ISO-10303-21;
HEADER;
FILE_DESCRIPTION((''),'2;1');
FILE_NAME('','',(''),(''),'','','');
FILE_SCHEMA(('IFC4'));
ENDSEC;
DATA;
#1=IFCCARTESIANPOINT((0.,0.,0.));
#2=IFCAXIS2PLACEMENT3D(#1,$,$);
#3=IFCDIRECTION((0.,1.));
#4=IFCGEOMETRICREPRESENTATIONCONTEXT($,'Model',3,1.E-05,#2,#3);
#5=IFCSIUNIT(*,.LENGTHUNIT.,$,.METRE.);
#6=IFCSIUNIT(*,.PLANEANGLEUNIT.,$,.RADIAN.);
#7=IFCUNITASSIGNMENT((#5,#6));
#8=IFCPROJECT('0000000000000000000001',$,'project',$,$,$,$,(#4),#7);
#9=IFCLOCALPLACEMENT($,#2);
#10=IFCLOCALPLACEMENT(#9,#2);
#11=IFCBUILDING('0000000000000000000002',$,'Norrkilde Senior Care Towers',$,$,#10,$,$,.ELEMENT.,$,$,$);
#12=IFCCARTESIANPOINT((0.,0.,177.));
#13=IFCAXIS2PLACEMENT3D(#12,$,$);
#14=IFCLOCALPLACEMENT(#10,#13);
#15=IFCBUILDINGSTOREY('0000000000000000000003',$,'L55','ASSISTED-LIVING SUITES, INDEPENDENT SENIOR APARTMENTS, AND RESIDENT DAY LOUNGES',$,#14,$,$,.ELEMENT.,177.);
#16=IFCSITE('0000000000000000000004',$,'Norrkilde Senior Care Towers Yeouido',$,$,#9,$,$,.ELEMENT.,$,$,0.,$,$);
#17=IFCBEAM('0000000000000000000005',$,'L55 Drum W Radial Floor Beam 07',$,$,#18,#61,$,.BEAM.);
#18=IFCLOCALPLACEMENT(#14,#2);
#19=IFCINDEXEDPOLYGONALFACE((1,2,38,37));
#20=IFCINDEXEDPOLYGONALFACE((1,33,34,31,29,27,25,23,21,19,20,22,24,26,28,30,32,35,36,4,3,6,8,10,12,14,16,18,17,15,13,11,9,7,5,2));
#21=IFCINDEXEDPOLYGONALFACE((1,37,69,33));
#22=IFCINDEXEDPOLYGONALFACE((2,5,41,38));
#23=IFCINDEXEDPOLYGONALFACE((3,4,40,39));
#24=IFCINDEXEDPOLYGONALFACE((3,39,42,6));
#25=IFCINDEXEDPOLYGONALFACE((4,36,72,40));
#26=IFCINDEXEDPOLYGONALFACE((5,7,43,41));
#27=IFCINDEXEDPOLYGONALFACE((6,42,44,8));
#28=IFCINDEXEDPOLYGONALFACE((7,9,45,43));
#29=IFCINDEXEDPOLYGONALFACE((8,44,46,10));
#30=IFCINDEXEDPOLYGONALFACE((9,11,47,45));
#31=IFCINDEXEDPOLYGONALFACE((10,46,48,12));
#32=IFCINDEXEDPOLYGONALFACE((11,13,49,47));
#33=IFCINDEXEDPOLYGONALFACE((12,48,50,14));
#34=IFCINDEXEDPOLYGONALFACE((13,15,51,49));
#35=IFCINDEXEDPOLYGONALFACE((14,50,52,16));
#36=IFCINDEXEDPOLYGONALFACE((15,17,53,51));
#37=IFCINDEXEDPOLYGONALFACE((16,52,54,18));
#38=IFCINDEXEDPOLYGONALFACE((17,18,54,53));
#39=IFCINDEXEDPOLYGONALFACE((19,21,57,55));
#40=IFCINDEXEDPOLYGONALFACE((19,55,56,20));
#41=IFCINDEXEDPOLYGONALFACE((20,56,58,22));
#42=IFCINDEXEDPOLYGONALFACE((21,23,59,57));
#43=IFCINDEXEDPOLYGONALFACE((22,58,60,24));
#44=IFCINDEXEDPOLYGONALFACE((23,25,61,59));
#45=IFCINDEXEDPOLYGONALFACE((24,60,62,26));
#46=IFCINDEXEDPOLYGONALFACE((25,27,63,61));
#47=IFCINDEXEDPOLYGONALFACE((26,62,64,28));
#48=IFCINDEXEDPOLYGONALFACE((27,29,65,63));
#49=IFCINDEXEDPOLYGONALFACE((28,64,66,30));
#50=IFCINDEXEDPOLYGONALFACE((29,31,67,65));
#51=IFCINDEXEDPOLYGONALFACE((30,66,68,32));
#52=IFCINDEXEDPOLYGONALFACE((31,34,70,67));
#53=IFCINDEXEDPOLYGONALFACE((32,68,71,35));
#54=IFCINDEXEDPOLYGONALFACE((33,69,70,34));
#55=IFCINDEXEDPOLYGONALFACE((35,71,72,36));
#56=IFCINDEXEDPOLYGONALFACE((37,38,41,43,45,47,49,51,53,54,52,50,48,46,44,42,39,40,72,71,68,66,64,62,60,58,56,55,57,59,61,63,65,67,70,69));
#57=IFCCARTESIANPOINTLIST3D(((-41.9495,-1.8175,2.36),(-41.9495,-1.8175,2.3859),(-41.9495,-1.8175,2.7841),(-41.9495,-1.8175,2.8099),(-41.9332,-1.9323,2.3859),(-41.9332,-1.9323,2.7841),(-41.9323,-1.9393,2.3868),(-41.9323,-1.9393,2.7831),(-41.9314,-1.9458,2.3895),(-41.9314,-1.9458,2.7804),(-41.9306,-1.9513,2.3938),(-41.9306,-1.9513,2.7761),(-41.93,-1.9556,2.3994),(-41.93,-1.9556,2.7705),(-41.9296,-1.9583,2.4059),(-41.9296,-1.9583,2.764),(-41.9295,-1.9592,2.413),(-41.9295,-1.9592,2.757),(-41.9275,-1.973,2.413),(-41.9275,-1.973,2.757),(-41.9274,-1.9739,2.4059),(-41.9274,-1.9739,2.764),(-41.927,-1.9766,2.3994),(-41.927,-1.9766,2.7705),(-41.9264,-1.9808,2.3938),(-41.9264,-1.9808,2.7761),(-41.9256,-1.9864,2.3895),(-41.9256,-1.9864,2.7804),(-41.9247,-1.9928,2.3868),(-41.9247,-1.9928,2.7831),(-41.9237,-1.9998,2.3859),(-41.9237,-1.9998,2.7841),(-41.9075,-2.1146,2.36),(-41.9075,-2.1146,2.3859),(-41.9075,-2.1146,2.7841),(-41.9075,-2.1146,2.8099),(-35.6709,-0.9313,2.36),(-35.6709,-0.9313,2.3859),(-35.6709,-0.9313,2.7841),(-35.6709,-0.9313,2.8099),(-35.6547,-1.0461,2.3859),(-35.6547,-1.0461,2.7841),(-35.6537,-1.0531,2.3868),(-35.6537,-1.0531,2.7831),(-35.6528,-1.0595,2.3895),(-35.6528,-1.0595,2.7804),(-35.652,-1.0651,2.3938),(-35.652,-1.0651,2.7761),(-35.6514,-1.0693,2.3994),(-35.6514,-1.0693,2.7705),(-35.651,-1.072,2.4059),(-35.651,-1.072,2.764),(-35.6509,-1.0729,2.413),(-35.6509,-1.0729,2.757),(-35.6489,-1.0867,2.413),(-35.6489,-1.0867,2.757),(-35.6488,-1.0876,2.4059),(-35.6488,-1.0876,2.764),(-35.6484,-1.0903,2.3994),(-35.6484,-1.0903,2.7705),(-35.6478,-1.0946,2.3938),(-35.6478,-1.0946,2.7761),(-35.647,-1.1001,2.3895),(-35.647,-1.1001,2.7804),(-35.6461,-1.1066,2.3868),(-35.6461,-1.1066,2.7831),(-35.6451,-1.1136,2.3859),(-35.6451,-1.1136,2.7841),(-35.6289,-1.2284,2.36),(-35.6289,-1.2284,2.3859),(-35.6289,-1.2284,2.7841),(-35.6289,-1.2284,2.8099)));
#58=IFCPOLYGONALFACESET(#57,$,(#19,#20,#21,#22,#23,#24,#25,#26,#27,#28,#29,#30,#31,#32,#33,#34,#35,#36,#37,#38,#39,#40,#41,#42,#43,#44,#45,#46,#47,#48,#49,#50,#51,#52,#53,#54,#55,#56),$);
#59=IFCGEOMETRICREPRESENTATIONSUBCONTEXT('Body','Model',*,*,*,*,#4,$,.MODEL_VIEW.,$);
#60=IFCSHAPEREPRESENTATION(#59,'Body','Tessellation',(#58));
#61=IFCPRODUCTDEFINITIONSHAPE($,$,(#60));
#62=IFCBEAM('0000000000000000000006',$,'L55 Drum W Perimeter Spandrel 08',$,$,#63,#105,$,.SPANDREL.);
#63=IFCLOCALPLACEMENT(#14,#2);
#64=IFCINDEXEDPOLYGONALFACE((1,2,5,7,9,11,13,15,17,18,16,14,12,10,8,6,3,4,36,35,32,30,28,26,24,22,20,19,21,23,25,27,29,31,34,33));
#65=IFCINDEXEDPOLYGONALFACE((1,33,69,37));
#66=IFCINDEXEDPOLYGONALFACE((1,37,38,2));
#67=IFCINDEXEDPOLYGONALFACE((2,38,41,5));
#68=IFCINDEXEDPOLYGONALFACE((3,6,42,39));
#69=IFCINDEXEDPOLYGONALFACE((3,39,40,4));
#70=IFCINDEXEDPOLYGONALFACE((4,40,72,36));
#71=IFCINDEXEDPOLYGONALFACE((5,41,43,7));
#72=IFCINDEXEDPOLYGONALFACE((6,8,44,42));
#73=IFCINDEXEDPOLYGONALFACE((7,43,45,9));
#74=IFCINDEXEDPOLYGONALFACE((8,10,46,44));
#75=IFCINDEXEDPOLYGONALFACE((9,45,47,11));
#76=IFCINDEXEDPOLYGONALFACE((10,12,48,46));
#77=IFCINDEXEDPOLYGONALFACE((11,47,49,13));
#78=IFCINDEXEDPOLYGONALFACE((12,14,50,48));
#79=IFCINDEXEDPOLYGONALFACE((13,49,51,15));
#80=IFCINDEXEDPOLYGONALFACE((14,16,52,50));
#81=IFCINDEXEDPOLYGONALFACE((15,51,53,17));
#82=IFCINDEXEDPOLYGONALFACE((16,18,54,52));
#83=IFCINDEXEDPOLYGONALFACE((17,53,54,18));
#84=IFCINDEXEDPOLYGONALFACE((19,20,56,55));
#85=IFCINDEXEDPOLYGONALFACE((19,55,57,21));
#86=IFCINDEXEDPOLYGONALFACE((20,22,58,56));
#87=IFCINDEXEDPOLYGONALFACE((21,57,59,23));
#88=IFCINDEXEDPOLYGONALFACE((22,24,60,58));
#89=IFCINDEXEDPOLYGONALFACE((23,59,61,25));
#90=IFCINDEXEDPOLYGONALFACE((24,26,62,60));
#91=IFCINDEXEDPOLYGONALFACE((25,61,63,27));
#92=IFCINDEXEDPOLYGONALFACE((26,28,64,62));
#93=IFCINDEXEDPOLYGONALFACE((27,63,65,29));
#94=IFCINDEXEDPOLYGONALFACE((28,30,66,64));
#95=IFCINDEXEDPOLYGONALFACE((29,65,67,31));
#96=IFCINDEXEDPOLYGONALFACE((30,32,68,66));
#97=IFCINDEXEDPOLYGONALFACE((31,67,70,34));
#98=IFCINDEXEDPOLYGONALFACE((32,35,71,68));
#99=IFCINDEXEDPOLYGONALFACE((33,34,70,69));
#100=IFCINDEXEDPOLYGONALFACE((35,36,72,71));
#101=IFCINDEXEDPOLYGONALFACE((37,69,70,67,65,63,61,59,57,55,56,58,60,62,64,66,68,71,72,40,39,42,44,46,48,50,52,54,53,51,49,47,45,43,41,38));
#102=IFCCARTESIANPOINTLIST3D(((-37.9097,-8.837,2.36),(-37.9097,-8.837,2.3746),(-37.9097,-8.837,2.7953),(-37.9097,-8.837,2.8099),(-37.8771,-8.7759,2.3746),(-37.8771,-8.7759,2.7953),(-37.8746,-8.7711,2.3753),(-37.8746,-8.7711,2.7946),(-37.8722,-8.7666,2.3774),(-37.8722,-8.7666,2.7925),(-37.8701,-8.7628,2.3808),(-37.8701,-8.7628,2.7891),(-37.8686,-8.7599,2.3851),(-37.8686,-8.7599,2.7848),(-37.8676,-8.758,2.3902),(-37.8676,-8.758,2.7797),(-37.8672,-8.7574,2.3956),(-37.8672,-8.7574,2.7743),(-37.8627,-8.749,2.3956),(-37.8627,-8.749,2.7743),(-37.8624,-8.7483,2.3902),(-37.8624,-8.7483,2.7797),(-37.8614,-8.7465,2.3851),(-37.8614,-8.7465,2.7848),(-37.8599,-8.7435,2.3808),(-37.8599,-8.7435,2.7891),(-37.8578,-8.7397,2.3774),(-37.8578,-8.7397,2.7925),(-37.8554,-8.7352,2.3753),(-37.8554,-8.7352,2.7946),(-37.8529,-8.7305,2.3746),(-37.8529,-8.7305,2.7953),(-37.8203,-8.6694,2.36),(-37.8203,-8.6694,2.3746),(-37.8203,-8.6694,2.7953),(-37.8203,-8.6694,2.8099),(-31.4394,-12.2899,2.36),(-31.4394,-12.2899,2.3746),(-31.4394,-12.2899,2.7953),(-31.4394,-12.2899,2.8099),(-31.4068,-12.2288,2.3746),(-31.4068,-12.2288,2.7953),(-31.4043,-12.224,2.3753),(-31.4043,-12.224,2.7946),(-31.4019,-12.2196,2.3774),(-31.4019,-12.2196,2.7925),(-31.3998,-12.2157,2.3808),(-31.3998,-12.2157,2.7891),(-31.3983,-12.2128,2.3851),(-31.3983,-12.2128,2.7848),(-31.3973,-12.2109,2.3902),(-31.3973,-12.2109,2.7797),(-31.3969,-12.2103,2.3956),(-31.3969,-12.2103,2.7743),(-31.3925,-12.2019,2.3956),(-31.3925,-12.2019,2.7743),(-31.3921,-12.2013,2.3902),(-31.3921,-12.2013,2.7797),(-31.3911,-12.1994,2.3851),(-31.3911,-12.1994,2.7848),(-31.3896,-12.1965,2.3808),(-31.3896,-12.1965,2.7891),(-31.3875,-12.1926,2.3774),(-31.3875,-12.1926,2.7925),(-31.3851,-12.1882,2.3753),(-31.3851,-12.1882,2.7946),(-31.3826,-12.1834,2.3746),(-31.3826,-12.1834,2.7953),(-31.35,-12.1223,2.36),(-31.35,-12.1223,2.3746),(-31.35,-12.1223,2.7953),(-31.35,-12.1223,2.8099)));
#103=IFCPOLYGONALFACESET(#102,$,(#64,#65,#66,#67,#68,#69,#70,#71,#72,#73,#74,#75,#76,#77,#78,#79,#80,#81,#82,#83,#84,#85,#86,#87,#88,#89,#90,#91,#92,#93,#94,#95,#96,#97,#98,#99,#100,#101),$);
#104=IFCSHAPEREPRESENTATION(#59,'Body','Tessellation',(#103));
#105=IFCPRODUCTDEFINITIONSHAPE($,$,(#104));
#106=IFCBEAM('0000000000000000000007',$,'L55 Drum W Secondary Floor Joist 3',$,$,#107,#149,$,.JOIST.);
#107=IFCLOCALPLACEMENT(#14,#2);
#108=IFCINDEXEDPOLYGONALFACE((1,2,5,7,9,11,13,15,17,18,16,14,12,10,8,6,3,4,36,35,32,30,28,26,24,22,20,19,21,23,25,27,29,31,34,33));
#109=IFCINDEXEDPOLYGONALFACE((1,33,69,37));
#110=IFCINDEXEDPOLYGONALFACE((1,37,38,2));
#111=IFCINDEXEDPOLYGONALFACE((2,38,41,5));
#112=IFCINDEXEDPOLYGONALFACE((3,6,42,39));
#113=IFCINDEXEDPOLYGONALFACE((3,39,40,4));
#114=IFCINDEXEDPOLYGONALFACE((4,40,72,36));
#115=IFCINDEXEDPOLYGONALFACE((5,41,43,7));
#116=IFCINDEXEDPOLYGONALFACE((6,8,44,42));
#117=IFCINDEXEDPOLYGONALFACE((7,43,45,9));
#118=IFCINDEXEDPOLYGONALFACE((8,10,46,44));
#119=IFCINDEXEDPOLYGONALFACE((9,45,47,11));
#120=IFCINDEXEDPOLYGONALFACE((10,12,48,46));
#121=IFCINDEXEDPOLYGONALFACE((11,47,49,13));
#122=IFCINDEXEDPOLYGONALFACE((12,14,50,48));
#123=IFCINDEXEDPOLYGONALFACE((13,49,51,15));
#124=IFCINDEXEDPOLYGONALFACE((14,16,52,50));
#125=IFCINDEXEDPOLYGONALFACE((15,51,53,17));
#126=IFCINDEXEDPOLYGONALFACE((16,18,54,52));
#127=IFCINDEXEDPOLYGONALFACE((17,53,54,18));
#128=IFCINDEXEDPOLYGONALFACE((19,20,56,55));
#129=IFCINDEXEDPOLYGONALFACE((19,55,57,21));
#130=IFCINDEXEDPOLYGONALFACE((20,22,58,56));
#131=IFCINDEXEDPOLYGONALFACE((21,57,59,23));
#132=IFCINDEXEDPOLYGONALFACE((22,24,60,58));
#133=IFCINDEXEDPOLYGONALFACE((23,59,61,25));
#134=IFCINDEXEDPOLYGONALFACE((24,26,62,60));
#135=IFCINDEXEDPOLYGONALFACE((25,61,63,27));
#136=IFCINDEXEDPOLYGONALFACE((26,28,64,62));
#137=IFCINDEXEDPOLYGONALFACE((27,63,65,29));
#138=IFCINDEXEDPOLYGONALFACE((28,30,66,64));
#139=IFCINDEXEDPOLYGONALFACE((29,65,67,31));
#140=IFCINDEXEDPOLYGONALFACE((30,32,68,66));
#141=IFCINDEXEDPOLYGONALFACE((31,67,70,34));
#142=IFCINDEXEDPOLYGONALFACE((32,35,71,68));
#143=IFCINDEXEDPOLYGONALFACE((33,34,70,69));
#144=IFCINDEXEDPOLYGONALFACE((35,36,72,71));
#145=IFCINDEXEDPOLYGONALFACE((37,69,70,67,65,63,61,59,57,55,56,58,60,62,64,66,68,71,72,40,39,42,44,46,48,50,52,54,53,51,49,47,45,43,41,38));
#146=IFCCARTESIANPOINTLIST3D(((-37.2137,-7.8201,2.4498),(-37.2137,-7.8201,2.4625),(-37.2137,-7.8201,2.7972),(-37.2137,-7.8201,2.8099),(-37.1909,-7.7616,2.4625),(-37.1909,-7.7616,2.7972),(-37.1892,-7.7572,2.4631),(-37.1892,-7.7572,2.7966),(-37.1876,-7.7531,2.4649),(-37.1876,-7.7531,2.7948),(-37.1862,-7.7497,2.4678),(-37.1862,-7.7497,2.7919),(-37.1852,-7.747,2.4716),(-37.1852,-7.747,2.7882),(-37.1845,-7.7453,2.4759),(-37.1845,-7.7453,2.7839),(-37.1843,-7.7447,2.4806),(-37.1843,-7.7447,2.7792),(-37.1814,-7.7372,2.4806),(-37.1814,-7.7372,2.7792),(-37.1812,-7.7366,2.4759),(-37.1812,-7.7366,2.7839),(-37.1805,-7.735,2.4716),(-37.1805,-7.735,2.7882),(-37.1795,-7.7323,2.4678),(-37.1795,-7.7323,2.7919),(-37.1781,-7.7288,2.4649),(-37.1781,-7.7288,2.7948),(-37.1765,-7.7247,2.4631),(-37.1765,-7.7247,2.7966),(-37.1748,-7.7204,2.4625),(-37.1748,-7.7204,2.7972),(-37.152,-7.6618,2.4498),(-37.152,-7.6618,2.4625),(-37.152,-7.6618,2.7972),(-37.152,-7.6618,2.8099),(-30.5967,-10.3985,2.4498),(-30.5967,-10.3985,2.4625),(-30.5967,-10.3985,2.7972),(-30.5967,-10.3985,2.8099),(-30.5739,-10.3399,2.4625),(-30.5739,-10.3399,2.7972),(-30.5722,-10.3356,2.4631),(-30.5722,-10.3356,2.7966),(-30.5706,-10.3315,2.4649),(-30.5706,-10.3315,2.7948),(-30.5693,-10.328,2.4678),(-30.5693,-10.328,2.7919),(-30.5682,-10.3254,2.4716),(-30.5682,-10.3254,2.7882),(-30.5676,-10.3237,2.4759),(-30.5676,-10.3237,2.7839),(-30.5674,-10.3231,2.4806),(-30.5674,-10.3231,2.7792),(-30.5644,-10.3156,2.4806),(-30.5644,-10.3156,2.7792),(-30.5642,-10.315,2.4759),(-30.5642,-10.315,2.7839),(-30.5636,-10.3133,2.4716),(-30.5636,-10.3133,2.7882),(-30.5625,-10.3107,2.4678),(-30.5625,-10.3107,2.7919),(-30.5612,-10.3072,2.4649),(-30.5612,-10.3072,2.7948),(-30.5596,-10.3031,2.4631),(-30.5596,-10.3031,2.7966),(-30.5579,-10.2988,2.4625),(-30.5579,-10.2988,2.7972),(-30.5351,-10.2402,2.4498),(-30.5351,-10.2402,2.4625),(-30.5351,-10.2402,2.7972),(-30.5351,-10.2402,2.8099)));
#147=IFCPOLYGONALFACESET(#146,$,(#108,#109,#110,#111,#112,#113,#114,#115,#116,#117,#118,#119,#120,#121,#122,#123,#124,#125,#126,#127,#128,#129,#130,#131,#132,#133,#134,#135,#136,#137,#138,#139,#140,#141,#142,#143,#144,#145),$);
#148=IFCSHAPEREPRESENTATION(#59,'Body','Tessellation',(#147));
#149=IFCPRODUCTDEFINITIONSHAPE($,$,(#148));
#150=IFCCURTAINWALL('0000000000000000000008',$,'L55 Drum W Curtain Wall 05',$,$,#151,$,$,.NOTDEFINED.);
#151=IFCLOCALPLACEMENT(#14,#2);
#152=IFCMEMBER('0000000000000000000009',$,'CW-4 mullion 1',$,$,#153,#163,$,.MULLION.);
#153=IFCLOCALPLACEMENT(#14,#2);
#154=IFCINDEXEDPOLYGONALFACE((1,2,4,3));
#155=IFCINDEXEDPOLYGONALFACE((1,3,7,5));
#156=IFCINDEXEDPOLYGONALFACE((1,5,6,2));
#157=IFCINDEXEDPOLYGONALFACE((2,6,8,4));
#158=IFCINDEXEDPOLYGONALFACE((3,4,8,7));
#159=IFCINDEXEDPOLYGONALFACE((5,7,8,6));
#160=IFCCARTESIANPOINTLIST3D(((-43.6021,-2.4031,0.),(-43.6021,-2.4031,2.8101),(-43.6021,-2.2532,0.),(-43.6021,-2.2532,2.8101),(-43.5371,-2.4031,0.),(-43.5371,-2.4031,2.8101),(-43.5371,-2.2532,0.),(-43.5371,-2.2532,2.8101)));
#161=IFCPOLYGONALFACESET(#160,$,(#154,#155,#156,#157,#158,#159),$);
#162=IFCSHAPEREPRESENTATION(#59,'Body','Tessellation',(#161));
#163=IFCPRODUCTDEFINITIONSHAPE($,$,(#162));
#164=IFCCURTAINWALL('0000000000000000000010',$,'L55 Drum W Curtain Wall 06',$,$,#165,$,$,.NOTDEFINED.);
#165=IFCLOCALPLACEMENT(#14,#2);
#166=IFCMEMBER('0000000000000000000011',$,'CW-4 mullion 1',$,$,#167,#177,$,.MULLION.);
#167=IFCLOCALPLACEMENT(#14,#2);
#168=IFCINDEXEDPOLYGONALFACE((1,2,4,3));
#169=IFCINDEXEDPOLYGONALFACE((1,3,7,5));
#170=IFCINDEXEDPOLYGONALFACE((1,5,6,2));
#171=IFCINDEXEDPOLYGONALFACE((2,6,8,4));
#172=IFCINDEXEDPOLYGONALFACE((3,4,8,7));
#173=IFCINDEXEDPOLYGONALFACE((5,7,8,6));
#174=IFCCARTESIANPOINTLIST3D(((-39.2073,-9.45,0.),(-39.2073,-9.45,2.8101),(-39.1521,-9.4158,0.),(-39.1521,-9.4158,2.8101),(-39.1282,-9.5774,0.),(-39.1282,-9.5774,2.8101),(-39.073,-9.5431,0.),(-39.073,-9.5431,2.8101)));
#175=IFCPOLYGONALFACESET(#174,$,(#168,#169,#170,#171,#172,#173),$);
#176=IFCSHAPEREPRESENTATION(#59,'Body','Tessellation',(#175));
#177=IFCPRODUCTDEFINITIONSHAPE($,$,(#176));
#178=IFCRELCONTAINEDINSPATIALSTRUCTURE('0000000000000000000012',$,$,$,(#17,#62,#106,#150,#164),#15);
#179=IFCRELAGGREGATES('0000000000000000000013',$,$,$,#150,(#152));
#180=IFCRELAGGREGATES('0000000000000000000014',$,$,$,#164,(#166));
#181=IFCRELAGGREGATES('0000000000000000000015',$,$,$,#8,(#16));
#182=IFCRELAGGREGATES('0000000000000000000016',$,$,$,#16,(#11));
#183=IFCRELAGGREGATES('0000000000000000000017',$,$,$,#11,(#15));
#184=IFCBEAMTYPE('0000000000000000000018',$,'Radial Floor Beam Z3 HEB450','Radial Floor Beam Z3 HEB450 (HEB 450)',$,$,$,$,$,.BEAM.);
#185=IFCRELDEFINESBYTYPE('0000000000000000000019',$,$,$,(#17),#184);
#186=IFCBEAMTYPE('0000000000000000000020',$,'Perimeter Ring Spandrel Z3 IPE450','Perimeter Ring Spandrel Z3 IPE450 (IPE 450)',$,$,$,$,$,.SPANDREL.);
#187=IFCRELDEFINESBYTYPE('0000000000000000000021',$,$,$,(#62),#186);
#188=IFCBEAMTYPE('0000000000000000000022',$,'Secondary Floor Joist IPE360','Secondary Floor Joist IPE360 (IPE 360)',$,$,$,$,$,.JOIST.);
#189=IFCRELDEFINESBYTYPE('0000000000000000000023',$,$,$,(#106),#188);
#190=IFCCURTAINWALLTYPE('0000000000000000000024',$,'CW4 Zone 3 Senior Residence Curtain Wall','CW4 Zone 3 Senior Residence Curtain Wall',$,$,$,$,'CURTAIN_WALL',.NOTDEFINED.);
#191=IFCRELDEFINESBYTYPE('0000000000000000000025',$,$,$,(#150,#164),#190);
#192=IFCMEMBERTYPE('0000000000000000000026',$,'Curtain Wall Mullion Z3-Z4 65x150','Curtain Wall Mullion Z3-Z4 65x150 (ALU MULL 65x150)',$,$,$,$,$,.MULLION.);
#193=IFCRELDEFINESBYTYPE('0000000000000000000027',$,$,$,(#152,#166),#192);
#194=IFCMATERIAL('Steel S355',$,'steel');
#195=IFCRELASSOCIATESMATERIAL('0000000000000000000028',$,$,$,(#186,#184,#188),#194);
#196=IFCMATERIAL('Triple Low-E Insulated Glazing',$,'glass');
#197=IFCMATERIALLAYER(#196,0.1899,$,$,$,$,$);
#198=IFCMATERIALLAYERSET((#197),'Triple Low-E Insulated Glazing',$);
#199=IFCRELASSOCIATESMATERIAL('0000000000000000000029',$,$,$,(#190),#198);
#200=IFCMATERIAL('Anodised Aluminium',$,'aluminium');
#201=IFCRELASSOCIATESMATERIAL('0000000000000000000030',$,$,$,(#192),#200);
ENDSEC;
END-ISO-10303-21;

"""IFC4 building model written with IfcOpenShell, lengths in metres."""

from ifc_helpers import new_model, si_unit, direction, frame, origin, origin_2d, place, context, subcontext, project, spatial, rectangle, i_section, extrude, source, transform, mapped, material, layer, layer_set, material_profile, profile_set, type_object, type_shapes, element, aggregate, save


model = new_model("IFC4")

# Units and contexts
model_context = context("Model", 3, precision=1e-05, world=origin(), true_north=direction((0.0, 1.0)))
body_context = subcontext(model_context, "Body", "Model", "MODEL_VIEW")
ifc_project = project(units=[si_unit("LENGTHUNIT", "METRE"), si_unit("PLANEANGLEUNIT", "RADIAN")], contexts=[model_context])

# Site, building, storey
site_placement = place(None, origin())
site = spatial("IfcSite", under=ifc_project, at=site_placement, Name="Norrkilde Senior Care Towers Yeouido", CompositionType="ELEMENT", RefElevation=0.0)
building_placement = place(site_placement, origin())
building = spatial("IfcBuilding", under=site, at=building_placement, Name="Norrkilde Senior Care Towers", CompositionType="ELEMENT")
storey_placement = place(building_placement, frame((0.0, 0.0, 177.0)))
storey = spatial("IfcBuildingStorey", under=building, at=storey_placement, Name="L55", Description="ASSISTED-LIVING SUITES, INDEPENDENT SENIOR APARTMENTS, AND RESIDENT DAY LOUNGES", CompositionType="ELEMENT", Elevation=177.0)

# Beams
ifc_material_1 = material(Name="Steel S355", Category="steel")
ifc_material_profile_1 = material_profile(ifc_material_1, i_section(OverallWidth=0.1899, OverallDepth=0.45, WebThickness=0.0095, FlangeThickness=0.0146, FilletRadius=0.021, at=origin_2d()), Name="IPE 450")
ifc_profile_set_1 = profile_set([ifc_material_profile_1], Name="Steel S355")
beam_type_1 = type_object("IfcBeamType", Name="Perimeter Ring Spandrel Z3 IPE450", Description="Perimeter Ring Spandrel Z3 IPE450 (IPE 450)", PredefinedType="SPANDREL", material=ifc_profile_set_1)
ifc_material_profile_2 = material_profile(ifc_material_1, i_section(OverallWidth=0.3, OverallDepth=0.45, WebThickness=0.0139, FlangeThickness=0.0259, FilletRadius=0.0271, at=origin_2d()), Name="HEB 450")
ifc_profile_set_2 = profile_set([ifc_material_profile_2], Name="Steel S355")
beam_type_2 = type_object("IfcBeamType", Name="Radial Floor Beam Z3 HEB450", Description="Radial Floor Beam Z3 HEB450 (HEB 450)", PredefinedType="BEAM", material=ifc_profile_set_2)
shared_shape_1 = source(origin(), body_context, "Body", "SweptSolid", [
    extrude(i_section(OverallWidth=0.3, OverallDepth=0.45, WebThickness=0.0139, FlangeThickness=0.0259, FilletRadius=0.0271, at=origin_2d()), origin(), (0.0, 0.0, 1.0), 6.3408),
])
type_shapes(beam_type_2, [shared_shape_1])
beam_1_placement = place(storey_placement, frame((-35.6499, -1.0798, 2.585), z_axis=(-0.990185, -0.139766, 0.0), x_axis=(0.139766, -0.990185, 0.0)))
element("IfcBeam", 1, at=beam_1_placement, inside=storey, type_object=beam_type_2, Name="L55 Drum W Radial Floor Beam 07", PredefinedType="BEAM", context=body_context, shape_type="MappedRepresentation", body=[
    mapped(shared_shape_1, transform((0.0, 0.0, 0.0), x_axis=(1.0, 0.0, 0.0), y_axis=(0.0, 1.0, 0.0), z_axis=(0.0, 0.0, 1.0), scale=1.0)),
])
shared_shape_2 = source(origin(), body_context, "Body", "SweptSolid", [
    extrude(i_section(OverallWidth=0.1899, OverallDepth=0.45, WebThickness=0.0095, FlangeThickness=0.0146, FilletRadius=0.021, at=origin_2d()), origin(), (0.0, 0.0, 1.0), 7.334),
])
beam_2_placement = place(storey_placement, frame((-37.865, -8.7532, 2.585), z_axis=(0.882234, -0.470811, 0.0), x_axis=(0.470811, 0.882234, 0.0)))
element("IfcBeam", 2, at=beam_2_placement, inside=storey, type_object=beam_type_1, Name="L55 Drum W Perimeter Spandrel 08", PredefinedType="SPANDREL", context=body_context, shape_type="MappedRepresentation", body=[
    mapped(shared_shape_2, transform((0.0, 0.0, 0.0), x_axis=(1.0, 0.0, 0.0), y_axis=(0.0, 1.0, 0.0), z_axis=(0.0, 0.0, 1.0), scale=1.0)),
])
ifc_material_profile_3 = material_profile(ifc_material_1, i_section(OverallWidth=0.1699, OverallDepth=0.3601, WebThickness=0.0081, FlangeThickness=0.0127, FilletRadius=0.0181, at=origin_2d()), Name="IPE 360")
ifc_profile_set_3 = profile_set([ifc_material_profile_3], Name="Steel S355")
beam_type_3 = type_object("IfcBeamType", Name="Secondary Floor Joist IPE360", Description="Secondary Floor Joist IPE360 (IPE 360)", PredefinedType="JOIST", material=ifc_profile_set_3)
shared_shape_3 = source(origin(), body_context, "Body", "SweptSolid", [
    extrude(i_section(OverallWidth=0.1699, OverallDepth=0.3601, WebThickness=0.0081, FlangeThickness=0.0127, FilletRadius=0.0181, at=origin_2d()), origin(), (0.0, 0.0, 1.0), 7.1016),
])
type_shapes(beam_type_3, [shared_shape_3])
beam_3_placement = place(storey_placement, frame((-37.1829, -7.741, 2.6299), z_axis=(0.931761, -0.363072, 0.0), x_axis=(0.363072, 0.931761, 0.0)))
element("IfcBeam", 3, at=beam_3_placement, inside=storey, type_object=beam_type_3, Name="L55 Drum W Secondary Floor Joist 3", PredefinedType="JOIST", context=body_context, shape_type="MappedRepresentation", body=[
    mapped(shared_shape_3, transform((0.0, 0.0, 0.0), x_axis=(1.0, 0.0, 0.0), y_axis=(0.0, 1.0, 0.0), z_axis=(0.0, 0.0, 1.0), scale=1.0)),
])

# Curtain wall, member
ifc_material_2 = material(Name="Triple Low-E Insulated Glazing", Category="glass")
ifc_layer_1 = layer(ifc_material_2, 0.1899)
ifc_layer_set_1 = layer_set([ifc_layer_1], Name="Triple Low-E Insulated Glazing")
curtain_wall_type = type_object("IfcCurtainWallType", Name="CW4 Zone 3 Senior Residence Curtain Wall", Description="CW4 Zone 3 Senior Residence Curtain Wall", ElementType="CURTAIN_WALL", PredefinedType="NOTDEFINED", material=ifc_layer_set_1)
curtain_wall_1_placement = place(storey_placement, origin())
curtain_wall_1 = element("IfcCurtainWall", 4, at=curtain_wall_1_placement, inside=storey, type_object=curtain_wall_type, Name="L55 Drum W Curtain Wall 05", PredefinedType="NOTDEFINED")
ifc_material_3 = material(Name="Anodised Aluminium", Category="aluminium")
ifc_material_profile_4 = material_profile(ifc_material_3, rectangle(XDim=0.0649, YDim=0.1499, at=origin_2d()), Name="ALU MULL 65x150")
ifc_profile_set_4 = profile_set([ifc_material_profile_4], Name="Anodised Aluminium")
member_type_1 = type_object("IfcMemberType", Name="Curtain Wall Mullion Z3-Z4 65x150", Description="Curtain Wall Mullion Z3-Z4 65x150 (ALU MULL 65x150)", PredefinedType="MULLION", material=ifc_profile_set_4)
shared_shape_4 = source(origin(), body_context, "Body", "SweptSolid", [
    extrude(rectangle(XDim=0.0649, YDim=0.1499, at=origin_2d()), origin(), (0.0, 0.0, 1.0), 2.8101),
])
type_shapes(member_type_1, [shared_shape_4])
member_1_placement = place(storey_placement, frame((-43.5696, -2.3281, 0.0), z_axis=(0.0, 0.0, 1.0), x_axis=(-1.0, 0.0, 0.0)))
member_1 = element("IfcMember", 5, at=member_1_placement, type_object=member_type_1, Name="CW-4 mullion 1", PredefinedType="MULLION", context=body_context, shape_type="MappedRepresentation", body=[
    mapped(shared_shape_4, transform((0.0, 0.0, 0.0), x_axis=(1.0, 0.0, 0.0), y_axis=(0.0, 1.0, 0.0), z_axis=(0.0, 0.0, 1.0), scale=1.0)),
])

# Curtain wall, member
curtain_wall_2_placement = place(storey_placement, origin())
curtain_wall_2 = element("IfcCurtainWall", 6, at=curtain_wall_2_placement, inside=storey, type_object=curtain_wall_type, Name="L55 Drum W Curtain Wall 06", PredefinedType="NOTDEFINED")
member_2_placement = place(storey_placement, frame((-39.1401, -9.4966, 0.0), z_axis=(0.0, 0.0, 1.0), x_axis=(-0.849634, -0.527373, 0.0)))
member_2 = element("IfcMember", 7, at=member_2_placement, type_object=member_type_1, Name="CW-4 mullion 1", PredefinedType="MULLION", context=body_context, shape_type="MappedRepresentation", body=[
    mapped(shared_shape_4, transform((0.0, 0.0, 0.0), x_axis=(1.0, 0.0, 0.0), y_axis=(0.0, 1.0, 0.0), z_axis=(0.0, 0.0, 1.0), scale=1.0)),
])

aggregate(curtain_wall_1, [member_1])

aggregate(curtain_wall_2, [member_2])

save(model, "model.ifc")
